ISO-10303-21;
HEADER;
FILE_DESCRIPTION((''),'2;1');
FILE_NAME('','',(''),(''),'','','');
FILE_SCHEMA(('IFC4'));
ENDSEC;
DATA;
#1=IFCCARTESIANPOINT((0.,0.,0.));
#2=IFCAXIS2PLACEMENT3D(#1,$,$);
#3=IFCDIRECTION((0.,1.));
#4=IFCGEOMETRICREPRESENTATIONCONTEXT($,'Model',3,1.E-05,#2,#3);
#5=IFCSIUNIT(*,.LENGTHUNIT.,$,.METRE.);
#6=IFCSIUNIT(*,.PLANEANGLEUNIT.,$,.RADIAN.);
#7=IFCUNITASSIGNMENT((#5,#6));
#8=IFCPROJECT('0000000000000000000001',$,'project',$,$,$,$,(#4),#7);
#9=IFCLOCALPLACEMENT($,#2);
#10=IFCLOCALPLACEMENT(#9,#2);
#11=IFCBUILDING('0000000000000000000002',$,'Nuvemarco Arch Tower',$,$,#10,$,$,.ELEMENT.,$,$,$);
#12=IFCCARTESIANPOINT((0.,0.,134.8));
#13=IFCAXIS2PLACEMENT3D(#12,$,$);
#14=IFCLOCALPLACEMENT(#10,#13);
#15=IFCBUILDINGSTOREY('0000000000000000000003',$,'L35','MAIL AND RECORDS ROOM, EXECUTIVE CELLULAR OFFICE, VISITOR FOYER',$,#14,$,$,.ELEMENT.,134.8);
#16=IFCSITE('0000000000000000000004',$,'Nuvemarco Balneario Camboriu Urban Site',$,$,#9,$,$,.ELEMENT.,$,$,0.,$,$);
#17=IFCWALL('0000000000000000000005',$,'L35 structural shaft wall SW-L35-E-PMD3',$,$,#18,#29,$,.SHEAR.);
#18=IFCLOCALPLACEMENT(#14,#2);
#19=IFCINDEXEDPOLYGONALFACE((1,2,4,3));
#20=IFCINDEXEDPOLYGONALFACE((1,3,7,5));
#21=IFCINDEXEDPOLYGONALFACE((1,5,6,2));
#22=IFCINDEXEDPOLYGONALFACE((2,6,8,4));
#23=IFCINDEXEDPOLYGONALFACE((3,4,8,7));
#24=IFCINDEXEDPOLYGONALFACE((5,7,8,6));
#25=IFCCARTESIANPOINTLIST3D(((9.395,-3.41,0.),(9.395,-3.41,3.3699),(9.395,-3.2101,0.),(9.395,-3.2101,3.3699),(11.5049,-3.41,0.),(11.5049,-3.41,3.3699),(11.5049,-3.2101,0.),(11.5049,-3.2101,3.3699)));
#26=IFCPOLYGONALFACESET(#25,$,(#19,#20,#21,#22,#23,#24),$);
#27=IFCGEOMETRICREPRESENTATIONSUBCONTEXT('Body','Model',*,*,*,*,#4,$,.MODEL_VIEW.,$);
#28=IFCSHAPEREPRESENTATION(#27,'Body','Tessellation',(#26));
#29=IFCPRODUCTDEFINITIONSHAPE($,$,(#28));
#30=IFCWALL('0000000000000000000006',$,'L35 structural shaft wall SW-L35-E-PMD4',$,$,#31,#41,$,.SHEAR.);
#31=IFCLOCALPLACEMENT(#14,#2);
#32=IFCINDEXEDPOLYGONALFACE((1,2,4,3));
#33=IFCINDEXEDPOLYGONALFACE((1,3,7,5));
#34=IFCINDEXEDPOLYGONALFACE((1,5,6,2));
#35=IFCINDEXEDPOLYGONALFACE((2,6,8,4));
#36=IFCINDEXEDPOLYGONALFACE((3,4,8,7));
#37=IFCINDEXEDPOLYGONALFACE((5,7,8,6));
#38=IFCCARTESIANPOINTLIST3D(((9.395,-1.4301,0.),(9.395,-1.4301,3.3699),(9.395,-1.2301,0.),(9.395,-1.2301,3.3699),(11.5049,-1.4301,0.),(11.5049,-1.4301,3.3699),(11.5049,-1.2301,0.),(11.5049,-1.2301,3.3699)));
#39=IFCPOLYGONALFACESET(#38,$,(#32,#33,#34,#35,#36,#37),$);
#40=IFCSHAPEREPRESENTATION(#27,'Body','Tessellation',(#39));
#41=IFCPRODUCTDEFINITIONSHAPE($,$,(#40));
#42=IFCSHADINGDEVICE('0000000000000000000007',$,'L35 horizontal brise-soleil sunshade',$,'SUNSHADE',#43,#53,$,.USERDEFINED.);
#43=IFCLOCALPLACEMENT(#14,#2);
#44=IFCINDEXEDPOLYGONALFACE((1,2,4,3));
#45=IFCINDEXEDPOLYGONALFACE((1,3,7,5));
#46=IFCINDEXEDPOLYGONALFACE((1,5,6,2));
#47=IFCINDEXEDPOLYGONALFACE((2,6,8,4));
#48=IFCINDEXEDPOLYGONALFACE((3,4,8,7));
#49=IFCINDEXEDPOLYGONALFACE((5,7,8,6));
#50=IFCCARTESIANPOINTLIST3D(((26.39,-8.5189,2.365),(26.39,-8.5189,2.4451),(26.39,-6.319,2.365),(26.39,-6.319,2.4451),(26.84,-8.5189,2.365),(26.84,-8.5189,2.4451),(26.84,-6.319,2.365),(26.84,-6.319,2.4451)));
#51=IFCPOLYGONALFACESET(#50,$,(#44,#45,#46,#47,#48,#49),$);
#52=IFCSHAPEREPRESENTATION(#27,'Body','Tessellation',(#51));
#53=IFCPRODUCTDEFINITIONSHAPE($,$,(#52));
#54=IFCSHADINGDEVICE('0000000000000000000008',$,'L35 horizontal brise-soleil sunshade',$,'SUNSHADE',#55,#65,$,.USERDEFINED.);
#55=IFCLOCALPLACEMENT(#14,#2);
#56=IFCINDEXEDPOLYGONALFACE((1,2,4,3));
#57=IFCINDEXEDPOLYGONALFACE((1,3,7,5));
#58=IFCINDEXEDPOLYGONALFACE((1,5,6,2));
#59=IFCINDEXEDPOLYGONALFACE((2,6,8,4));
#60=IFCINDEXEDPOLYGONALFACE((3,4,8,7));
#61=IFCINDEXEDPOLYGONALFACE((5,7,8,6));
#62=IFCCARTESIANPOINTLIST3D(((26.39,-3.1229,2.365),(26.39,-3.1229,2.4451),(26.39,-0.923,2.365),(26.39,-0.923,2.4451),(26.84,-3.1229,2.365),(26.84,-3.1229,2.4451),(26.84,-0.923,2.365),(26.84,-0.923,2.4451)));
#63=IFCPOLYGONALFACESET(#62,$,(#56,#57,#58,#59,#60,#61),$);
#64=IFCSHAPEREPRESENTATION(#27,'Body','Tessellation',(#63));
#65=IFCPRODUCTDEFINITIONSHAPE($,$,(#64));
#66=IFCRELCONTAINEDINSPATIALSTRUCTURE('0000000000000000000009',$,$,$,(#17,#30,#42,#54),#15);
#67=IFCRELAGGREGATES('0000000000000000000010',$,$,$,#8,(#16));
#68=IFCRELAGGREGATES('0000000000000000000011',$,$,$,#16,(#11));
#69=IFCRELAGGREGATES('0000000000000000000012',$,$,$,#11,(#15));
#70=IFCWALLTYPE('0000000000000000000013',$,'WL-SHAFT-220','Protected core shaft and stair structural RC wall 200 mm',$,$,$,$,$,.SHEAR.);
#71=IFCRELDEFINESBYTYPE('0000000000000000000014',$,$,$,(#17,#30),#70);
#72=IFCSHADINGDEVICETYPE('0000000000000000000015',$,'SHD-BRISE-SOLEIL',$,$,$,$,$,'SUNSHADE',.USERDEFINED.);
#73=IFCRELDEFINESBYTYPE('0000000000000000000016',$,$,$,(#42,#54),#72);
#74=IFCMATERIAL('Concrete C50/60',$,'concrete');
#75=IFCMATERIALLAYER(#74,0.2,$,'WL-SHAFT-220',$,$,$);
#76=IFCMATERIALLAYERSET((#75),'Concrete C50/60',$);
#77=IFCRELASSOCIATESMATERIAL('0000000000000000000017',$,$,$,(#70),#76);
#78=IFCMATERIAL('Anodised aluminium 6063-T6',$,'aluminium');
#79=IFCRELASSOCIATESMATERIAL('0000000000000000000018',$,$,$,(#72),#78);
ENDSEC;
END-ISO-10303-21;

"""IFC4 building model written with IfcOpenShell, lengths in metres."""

from ifc_helpers import new_model, si_unit, direction, frame, frame_2d, origin, origin_2d, place, context, subcontext, project, spatial, rectangle, extrude, source, transform, mapped, material, layer, layer_set, type_object, type_shapes, element, save


model = new_model("IFC4")

# Units and contexts
model_context = context("Model", 3, precision=1e-05, world=origin(), true_north=direction((0.0, 1.0)))
body_context = subcontext(model_context, "Body", "Model", "MODEL_VIEW")
ifc_project = project(units=[si_unit("LENGTHUNIT", "METRE"), si_unit("PLANEANGLEUNIT", "RADIAN")], contexts=[model_context])

# Site, building, storey
site_placement = place(None, origin())
site = spatial("IfcSite", under=ifc_project, at=site_placement, Name="Nuvemarco Balneario Camboriu Urban Site", CompositionType="ELEMENT", RefElevation=0.0)
building_placement = place(site_placement, origin())
building = spatial("IfcBuilding", under=site, at=building_placement, Name="Nuvemarco Arch Tower", CompositionType="ELEMENT")
storey_placement = place(building_placement, frame((0.0, 0.0, 134.8)))
storey = spatial("IfcBuildingStorey", under=building, at=storey_placement, Name="L35", Description="MAIL AND RECORDS ROOM, EXECUTIVE CELLULAR OFFICE, VISITOR FOYER", CompositionType="ELEMENT", Elevation=134.8)

# Shared definitions
ifc_material_1 = material(Name="Concrete C50/60", Category="concrete")

# Shared definitions
ifc_layer_1 = layer(ifc_material_1, 0.2, Name="WL-SHAFT-220")
ifc_layer_set_1 = layer_set([ifc_layer_1], Name="Concrete C50/60")
wall_type_1 = type_object("IfcWallType", Name="WL-SHAFT-220", Description="Protected core shaft and stair structural RC wall 200 mm", PredefinedType="SHEAR", material=ifc_layer_set_1)

# Walls
for number, where, z_axis, x_axis, name in (
    (1, (9.395, -3.3101, 0.0), (0.0, 0.0, 1.0), (1.0, 0.0, 0.0), "L35 structural shaft wall SW-L35-E-PMD3"),
    (2, (9.395, -1.3301, 0.0), (0.0, 0.0, 1.0), (1.0, 0.0, 0.0), "L35 structural shaft wall SW-L35-E-PMD4"),
):
    element("IfcWall", number, at=place(storey_placement, frame(where, z_axis=z_axis, x_axis=x_axis)), inside=storey, type_object=wall_type_1, Name=name, PredefinedType="SHEAR", context=body_context, shape_type="SweptSolid", body=[
        extrude(rectangle(XDim=2.1099, YDim=0.2, at=frame_2d((1.0549, 0.0))), origin(), (0.0, 0.0, 1.0), 3.3699),
    ])

# Shading devices
ifc_material_2 = material(Name="Anodised aluminium 6063-T6", Category="aluminium")
shading_device_type = type_object("IfcShadingDeviceType", Name="SHD-BRISE-SOLEIL", ElementType="SUNSHADE", PredefinedType="USERDEFINED", material=ifc_material_2)
shared_shape_1 = source(origin(), body_context, "Body", "SweptSolid", [
    extrude(rectangle(XDim=2.2, YDim=0.45, at=origin_2d()), origin(), (0.0, 0.0, 1.0), 0.0801),
])
type_shapes(shading_device_type, [shared_shape_1])
for number, where, z_axis, x_axis, name in (
    (3, (26.615, -7.4189, 2.365), (0.0, 0.0, 1.0), (0.0, 1.0, 0.0), "L35 horizontal brise-soleil sunshade"),
    (4, (26.615, -2.0229, 2.365), (0.0, 0.0, 1.0), (0.0, 1.0, 0.0), "L35 horizontal brise-soleil sunshade"),
):
    element("IfcShadingDevice", number, at=place(storey_placement, frame(where, z_axis=z_axis, x_axis=x_axis)), inside=storey, type_object=shading_device_type, Name=name, ObjectType="SUNSHADE", PredefinedType="USERDEFINED", context=body_context, shape_type="MappedRepresentation", body=[
        mapped(shared_shape_1, transform((0.0, 0.0, 0.0), scale=1.0)),
    ])

save(model, "model.ifc")
